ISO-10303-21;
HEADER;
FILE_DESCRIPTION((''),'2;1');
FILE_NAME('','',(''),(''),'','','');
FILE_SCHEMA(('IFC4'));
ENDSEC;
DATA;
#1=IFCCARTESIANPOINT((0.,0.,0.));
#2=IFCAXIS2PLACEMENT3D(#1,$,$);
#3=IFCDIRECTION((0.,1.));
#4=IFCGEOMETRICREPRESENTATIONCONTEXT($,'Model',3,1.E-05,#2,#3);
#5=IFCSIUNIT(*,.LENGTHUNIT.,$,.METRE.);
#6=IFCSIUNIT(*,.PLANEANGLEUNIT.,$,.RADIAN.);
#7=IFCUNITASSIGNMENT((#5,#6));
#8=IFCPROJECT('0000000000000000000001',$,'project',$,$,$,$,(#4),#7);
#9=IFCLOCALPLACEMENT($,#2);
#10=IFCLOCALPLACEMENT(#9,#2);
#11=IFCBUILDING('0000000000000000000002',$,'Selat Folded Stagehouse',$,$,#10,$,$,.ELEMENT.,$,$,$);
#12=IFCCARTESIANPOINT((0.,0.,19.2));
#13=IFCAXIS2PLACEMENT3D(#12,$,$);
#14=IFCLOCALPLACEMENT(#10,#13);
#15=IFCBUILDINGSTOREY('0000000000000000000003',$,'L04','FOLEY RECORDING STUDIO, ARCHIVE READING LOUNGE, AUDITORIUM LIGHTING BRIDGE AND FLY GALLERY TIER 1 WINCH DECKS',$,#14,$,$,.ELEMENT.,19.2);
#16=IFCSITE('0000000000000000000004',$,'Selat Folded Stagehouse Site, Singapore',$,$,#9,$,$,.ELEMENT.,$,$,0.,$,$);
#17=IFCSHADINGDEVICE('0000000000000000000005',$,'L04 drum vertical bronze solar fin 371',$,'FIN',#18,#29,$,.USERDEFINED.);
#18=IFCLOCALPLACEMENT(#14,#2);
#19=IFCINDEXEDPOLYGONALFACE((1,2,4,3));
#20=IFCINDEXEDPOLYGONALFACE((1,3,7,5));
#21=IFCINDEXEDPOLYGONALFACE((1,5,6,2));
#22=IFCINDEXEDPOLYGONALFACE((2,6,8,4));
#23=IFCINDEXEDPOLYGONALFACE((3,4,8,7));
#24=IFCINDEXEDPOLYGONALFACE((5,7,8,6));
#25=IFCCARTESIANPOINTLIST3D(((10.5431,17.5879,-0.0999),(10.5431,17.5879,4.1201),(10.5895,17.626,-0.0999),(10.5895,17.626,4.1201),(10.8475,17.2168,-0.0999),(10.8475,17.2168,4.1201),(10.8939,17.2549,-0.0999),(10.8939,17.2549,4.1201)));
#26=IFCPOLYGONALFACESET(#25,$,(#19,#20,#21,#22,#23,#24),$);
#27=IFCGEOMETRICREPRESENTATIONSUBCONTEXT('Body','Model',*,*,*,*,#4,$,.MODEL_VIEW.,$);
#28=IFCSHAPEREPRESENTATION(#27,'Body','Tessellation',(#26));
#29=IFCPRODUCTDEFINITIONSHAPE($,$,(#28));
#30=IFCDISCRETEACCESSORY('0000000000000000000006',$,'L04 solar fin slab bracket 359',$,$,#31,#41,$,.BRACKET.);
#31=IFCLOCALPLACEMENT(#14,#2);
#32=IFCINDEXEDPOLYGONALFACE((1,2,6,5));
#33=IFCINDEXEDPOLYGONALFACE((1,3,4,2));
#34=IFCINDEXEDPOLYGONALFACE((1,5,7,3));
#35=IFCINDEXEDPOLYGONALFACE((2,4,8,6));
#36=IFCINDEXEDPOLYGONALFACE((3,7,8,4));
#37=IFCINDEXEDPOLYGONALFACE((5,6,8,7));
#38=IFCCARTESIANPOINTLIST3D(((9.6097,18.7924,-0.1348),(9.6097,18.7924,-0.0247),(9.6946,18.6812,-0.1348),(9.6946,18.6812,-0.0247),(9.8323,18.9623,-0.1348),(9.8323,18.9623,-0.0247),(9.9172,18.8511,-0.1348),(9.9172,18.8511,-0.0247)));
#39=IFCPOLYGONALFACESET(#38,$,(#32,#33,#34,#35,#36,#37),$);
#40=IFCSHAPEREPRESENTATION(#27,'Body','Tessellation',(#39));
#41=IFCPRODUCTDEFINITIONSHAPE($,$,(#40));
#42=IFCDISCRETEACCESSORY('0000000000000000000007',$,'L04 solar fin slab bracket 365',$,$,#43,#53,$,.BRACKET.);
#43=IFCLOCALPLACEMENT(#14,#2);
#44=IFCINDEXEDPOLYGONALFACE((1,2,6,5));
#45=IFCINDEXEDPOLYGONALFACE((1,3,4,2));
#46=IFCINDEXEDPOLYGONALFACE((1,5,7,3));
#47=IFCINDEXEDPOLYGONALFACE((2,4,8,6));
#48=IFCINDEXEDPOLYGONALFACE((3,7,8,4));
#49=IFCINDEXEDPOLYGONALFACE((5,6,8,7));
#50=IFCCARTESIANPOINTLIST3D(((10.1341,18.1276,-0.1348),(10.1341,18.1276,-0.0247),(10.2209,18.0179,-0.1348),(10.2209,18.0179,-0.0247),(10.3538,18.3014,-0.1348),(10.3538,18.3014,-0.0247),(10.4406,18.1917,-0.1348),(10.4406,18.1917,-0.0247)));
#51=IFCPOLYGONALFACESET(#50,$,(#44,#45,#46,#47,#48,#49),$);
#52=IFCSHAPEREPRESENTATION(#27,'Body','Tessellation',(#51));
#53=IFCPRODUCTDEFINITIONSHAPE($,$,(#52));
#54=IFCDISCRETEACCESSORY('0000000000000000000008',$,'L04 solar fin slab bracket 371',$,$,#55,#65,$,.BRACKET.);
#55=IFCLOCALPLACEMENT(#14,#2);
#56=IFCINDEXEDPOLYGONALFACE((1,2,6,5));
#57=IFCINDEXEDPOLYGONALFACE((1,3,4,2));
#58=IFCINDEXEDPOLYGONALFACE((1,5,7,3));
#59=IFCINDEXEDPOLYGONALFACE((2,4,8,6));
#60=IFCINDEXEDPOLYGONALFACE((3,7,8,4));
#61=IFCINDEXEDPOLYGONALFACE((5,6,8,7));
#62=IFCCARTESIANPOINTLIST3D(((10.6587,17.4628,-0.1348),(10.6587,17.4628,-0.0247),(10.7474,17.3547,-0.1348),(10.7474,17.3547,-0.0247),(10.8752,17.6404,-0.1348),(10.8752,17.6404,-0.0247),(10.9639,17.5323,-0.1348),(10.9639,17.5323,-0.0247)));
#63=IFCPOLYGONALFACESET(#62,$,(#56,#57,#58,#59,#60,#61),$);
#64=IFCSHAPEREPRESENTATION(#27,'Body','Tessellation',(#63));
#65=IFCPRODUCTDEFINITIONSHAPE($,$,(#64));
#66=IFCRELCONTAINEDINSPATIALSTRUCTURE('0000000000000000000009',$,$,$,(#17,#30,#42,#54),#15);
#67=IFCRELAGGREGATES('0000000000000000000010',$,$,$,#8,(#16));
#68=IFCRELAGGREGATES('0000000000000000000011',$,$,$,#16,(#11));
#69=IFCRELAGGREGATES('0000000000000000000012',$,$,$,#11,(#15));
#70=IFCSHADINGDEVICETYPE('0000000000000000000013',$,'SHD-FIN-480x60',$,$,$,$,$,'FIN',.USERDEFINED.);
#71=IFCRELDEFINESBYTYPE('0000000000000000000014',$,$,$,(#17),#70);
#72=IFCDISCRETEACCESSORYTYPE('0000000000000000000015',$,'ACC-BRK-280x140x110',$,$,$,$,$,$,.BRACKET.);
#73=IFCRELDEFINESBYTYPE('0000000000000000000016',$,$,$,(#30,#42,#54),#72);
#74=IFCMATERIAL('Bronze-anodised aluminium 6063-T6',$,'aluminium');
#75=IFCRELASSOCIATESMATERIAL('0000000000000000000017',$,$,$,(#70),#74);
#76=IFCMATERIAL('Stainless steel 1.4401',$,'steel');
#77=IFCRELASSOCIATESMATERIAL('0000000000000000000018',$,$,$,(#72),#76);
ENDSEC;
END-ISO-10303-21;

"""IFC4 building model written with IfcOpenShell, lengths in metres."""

from ifc_helpers import new_model, si_unit, direction, frame, origin, origin_2d, place, context, subcontext, project, spatial, rectangle, extrude, material, material_profile, profile_set, type_object, element, save


model = new_model("IFC4")

# Units and contexts
model_context = context("Model", 3, precision=1e-05, world=origin(), true_north=direction((0.0, 1.0)))
body_context = subcontext(model_context, "Body", "Model", "MODEL_VIEW")
ifc_project = project(units=[si_unit("LENGTHUNIT", "METRE"), si_unit("PLANEANGLEUNIT", "RADIAN")], contexts=[model_context])

# Site, building, storey
site_placement = place(None, origin())
site = spatial("IfcSite", under=ifc_project, at=site_placement, Name="Selat Folded Stagehouse Site, Singapore", CompositionType="ELEMENT", RefElevation=0.0)
building_placement = place(site_placement, origin())
building = spatial("IfcBuilding", under=site, at=building_placement, Name="Selat Folded Stagehouse", CompositionType="ELEMENT")
storey_placement = place(building_placement, frame((0.0, 0.0, 19.2)))
storey = spatial("IfcBuildingStorey", under=building, at=storey_placement, Name="L04", Description="FOLEY RECORDING STUDIO, ARCHIVE READING LOUNGE, AUDITORIUM LIGHTING BRIDGE AND FLY GALLERY TIER 1 WINCH DECKS", CompositionType="ELEMENT", Elevation=19.2)

# Shading device
ifc_material_1 = material(Name="Bronze-anodised aluminium 6063-T6", Category="aluminium")
ifc_material_profile_1 = material_profile(ifc_material_1, rectangle(XDim=0.0601, YDim=0.48, at=origin_2d()), Name="SOLAR-FIN 480x60")
ifc_profile_set_1 = profile_set([ifc_material_profile_1], Name="Bronze-anodised aluminium 6063-T6")
shading_device_type = type_object("IfcShadingDeviceType", Name="SHD-FIN-480x60", ElementType="FIN", PredefinedType="USERDEFINED", material=ifc_profile_set_1)
for number, where, z_axis, x_axis, name in (
    (1, (10.7185, 17.4214, -0.0999), (0.0, 0.0, 1.0), (-0.773177, -0.634191, 0.0), "L04 drum vertical bronze solar fin 371"),
):
    element("IfcShadingDevice", number, at=place(storey_placement, frame(where, z_axis=z_axis, x_axis=x_axis)), inside=storey, type_object=shading_device_type, Name=name, ObjectType="FIN", PredefinedType="USERDEFINED", context=body_context, shape_type="SweptSolid", body=[
        extrude(rectangle(XDim=0.0601, YDim=0.48, at=origin_2d()), origin(), (0.0, 0.0, 1.0), 4.22),
    ])

# Discrete accessories
ifc_material_2 = material(Name="Stainless steel 1.4401", Category="steel")
discrete_accessory_type = type_object("IfcDiscreteAccessoryType", Name="ACC-BRK-280x140x110", PredefinedType="BRACKET", material=ifc_material_2)
for number, where, z_axis, x_axis, name in (
    (2, (9.7634, 18.8218, -0.1348), (0.0, 0.0, 1.0), (-0.794944, -0.606682, 0.0), "L04 solar fin slab bracket 359"),
    (3, (10.2874, 18.1597, -0.1348), (0.0, 0.0, 1.0), (-0.784235, -0.620464, 0.0), "L04 solar fin slab bracket 365"),
    (4, (10.8113, 17.4976, -0.1348), (0.0, 0.0, 1.0), (-0.773177, -0.634191, 0.0), "L04 solar fin slab bracket 371"),
):
    element("IfcDiscreteAccessory", number, at=place(storey_placement, frame(where, z_axis=z_axis, x_axis=x_axis)), inside=storey, type_object=discrete_accessory_type, Name=name, PredefinedType="BRACKET", context=body_context, shape_type="SweptSolid", body=[
        extrude(rectangle(XDim=0.28, YDim=0.1399, at=origin_2d()), origin(), (0.0, 0.0, 1.0), 0.1101),
    ])

save(model, "model.ifc")
